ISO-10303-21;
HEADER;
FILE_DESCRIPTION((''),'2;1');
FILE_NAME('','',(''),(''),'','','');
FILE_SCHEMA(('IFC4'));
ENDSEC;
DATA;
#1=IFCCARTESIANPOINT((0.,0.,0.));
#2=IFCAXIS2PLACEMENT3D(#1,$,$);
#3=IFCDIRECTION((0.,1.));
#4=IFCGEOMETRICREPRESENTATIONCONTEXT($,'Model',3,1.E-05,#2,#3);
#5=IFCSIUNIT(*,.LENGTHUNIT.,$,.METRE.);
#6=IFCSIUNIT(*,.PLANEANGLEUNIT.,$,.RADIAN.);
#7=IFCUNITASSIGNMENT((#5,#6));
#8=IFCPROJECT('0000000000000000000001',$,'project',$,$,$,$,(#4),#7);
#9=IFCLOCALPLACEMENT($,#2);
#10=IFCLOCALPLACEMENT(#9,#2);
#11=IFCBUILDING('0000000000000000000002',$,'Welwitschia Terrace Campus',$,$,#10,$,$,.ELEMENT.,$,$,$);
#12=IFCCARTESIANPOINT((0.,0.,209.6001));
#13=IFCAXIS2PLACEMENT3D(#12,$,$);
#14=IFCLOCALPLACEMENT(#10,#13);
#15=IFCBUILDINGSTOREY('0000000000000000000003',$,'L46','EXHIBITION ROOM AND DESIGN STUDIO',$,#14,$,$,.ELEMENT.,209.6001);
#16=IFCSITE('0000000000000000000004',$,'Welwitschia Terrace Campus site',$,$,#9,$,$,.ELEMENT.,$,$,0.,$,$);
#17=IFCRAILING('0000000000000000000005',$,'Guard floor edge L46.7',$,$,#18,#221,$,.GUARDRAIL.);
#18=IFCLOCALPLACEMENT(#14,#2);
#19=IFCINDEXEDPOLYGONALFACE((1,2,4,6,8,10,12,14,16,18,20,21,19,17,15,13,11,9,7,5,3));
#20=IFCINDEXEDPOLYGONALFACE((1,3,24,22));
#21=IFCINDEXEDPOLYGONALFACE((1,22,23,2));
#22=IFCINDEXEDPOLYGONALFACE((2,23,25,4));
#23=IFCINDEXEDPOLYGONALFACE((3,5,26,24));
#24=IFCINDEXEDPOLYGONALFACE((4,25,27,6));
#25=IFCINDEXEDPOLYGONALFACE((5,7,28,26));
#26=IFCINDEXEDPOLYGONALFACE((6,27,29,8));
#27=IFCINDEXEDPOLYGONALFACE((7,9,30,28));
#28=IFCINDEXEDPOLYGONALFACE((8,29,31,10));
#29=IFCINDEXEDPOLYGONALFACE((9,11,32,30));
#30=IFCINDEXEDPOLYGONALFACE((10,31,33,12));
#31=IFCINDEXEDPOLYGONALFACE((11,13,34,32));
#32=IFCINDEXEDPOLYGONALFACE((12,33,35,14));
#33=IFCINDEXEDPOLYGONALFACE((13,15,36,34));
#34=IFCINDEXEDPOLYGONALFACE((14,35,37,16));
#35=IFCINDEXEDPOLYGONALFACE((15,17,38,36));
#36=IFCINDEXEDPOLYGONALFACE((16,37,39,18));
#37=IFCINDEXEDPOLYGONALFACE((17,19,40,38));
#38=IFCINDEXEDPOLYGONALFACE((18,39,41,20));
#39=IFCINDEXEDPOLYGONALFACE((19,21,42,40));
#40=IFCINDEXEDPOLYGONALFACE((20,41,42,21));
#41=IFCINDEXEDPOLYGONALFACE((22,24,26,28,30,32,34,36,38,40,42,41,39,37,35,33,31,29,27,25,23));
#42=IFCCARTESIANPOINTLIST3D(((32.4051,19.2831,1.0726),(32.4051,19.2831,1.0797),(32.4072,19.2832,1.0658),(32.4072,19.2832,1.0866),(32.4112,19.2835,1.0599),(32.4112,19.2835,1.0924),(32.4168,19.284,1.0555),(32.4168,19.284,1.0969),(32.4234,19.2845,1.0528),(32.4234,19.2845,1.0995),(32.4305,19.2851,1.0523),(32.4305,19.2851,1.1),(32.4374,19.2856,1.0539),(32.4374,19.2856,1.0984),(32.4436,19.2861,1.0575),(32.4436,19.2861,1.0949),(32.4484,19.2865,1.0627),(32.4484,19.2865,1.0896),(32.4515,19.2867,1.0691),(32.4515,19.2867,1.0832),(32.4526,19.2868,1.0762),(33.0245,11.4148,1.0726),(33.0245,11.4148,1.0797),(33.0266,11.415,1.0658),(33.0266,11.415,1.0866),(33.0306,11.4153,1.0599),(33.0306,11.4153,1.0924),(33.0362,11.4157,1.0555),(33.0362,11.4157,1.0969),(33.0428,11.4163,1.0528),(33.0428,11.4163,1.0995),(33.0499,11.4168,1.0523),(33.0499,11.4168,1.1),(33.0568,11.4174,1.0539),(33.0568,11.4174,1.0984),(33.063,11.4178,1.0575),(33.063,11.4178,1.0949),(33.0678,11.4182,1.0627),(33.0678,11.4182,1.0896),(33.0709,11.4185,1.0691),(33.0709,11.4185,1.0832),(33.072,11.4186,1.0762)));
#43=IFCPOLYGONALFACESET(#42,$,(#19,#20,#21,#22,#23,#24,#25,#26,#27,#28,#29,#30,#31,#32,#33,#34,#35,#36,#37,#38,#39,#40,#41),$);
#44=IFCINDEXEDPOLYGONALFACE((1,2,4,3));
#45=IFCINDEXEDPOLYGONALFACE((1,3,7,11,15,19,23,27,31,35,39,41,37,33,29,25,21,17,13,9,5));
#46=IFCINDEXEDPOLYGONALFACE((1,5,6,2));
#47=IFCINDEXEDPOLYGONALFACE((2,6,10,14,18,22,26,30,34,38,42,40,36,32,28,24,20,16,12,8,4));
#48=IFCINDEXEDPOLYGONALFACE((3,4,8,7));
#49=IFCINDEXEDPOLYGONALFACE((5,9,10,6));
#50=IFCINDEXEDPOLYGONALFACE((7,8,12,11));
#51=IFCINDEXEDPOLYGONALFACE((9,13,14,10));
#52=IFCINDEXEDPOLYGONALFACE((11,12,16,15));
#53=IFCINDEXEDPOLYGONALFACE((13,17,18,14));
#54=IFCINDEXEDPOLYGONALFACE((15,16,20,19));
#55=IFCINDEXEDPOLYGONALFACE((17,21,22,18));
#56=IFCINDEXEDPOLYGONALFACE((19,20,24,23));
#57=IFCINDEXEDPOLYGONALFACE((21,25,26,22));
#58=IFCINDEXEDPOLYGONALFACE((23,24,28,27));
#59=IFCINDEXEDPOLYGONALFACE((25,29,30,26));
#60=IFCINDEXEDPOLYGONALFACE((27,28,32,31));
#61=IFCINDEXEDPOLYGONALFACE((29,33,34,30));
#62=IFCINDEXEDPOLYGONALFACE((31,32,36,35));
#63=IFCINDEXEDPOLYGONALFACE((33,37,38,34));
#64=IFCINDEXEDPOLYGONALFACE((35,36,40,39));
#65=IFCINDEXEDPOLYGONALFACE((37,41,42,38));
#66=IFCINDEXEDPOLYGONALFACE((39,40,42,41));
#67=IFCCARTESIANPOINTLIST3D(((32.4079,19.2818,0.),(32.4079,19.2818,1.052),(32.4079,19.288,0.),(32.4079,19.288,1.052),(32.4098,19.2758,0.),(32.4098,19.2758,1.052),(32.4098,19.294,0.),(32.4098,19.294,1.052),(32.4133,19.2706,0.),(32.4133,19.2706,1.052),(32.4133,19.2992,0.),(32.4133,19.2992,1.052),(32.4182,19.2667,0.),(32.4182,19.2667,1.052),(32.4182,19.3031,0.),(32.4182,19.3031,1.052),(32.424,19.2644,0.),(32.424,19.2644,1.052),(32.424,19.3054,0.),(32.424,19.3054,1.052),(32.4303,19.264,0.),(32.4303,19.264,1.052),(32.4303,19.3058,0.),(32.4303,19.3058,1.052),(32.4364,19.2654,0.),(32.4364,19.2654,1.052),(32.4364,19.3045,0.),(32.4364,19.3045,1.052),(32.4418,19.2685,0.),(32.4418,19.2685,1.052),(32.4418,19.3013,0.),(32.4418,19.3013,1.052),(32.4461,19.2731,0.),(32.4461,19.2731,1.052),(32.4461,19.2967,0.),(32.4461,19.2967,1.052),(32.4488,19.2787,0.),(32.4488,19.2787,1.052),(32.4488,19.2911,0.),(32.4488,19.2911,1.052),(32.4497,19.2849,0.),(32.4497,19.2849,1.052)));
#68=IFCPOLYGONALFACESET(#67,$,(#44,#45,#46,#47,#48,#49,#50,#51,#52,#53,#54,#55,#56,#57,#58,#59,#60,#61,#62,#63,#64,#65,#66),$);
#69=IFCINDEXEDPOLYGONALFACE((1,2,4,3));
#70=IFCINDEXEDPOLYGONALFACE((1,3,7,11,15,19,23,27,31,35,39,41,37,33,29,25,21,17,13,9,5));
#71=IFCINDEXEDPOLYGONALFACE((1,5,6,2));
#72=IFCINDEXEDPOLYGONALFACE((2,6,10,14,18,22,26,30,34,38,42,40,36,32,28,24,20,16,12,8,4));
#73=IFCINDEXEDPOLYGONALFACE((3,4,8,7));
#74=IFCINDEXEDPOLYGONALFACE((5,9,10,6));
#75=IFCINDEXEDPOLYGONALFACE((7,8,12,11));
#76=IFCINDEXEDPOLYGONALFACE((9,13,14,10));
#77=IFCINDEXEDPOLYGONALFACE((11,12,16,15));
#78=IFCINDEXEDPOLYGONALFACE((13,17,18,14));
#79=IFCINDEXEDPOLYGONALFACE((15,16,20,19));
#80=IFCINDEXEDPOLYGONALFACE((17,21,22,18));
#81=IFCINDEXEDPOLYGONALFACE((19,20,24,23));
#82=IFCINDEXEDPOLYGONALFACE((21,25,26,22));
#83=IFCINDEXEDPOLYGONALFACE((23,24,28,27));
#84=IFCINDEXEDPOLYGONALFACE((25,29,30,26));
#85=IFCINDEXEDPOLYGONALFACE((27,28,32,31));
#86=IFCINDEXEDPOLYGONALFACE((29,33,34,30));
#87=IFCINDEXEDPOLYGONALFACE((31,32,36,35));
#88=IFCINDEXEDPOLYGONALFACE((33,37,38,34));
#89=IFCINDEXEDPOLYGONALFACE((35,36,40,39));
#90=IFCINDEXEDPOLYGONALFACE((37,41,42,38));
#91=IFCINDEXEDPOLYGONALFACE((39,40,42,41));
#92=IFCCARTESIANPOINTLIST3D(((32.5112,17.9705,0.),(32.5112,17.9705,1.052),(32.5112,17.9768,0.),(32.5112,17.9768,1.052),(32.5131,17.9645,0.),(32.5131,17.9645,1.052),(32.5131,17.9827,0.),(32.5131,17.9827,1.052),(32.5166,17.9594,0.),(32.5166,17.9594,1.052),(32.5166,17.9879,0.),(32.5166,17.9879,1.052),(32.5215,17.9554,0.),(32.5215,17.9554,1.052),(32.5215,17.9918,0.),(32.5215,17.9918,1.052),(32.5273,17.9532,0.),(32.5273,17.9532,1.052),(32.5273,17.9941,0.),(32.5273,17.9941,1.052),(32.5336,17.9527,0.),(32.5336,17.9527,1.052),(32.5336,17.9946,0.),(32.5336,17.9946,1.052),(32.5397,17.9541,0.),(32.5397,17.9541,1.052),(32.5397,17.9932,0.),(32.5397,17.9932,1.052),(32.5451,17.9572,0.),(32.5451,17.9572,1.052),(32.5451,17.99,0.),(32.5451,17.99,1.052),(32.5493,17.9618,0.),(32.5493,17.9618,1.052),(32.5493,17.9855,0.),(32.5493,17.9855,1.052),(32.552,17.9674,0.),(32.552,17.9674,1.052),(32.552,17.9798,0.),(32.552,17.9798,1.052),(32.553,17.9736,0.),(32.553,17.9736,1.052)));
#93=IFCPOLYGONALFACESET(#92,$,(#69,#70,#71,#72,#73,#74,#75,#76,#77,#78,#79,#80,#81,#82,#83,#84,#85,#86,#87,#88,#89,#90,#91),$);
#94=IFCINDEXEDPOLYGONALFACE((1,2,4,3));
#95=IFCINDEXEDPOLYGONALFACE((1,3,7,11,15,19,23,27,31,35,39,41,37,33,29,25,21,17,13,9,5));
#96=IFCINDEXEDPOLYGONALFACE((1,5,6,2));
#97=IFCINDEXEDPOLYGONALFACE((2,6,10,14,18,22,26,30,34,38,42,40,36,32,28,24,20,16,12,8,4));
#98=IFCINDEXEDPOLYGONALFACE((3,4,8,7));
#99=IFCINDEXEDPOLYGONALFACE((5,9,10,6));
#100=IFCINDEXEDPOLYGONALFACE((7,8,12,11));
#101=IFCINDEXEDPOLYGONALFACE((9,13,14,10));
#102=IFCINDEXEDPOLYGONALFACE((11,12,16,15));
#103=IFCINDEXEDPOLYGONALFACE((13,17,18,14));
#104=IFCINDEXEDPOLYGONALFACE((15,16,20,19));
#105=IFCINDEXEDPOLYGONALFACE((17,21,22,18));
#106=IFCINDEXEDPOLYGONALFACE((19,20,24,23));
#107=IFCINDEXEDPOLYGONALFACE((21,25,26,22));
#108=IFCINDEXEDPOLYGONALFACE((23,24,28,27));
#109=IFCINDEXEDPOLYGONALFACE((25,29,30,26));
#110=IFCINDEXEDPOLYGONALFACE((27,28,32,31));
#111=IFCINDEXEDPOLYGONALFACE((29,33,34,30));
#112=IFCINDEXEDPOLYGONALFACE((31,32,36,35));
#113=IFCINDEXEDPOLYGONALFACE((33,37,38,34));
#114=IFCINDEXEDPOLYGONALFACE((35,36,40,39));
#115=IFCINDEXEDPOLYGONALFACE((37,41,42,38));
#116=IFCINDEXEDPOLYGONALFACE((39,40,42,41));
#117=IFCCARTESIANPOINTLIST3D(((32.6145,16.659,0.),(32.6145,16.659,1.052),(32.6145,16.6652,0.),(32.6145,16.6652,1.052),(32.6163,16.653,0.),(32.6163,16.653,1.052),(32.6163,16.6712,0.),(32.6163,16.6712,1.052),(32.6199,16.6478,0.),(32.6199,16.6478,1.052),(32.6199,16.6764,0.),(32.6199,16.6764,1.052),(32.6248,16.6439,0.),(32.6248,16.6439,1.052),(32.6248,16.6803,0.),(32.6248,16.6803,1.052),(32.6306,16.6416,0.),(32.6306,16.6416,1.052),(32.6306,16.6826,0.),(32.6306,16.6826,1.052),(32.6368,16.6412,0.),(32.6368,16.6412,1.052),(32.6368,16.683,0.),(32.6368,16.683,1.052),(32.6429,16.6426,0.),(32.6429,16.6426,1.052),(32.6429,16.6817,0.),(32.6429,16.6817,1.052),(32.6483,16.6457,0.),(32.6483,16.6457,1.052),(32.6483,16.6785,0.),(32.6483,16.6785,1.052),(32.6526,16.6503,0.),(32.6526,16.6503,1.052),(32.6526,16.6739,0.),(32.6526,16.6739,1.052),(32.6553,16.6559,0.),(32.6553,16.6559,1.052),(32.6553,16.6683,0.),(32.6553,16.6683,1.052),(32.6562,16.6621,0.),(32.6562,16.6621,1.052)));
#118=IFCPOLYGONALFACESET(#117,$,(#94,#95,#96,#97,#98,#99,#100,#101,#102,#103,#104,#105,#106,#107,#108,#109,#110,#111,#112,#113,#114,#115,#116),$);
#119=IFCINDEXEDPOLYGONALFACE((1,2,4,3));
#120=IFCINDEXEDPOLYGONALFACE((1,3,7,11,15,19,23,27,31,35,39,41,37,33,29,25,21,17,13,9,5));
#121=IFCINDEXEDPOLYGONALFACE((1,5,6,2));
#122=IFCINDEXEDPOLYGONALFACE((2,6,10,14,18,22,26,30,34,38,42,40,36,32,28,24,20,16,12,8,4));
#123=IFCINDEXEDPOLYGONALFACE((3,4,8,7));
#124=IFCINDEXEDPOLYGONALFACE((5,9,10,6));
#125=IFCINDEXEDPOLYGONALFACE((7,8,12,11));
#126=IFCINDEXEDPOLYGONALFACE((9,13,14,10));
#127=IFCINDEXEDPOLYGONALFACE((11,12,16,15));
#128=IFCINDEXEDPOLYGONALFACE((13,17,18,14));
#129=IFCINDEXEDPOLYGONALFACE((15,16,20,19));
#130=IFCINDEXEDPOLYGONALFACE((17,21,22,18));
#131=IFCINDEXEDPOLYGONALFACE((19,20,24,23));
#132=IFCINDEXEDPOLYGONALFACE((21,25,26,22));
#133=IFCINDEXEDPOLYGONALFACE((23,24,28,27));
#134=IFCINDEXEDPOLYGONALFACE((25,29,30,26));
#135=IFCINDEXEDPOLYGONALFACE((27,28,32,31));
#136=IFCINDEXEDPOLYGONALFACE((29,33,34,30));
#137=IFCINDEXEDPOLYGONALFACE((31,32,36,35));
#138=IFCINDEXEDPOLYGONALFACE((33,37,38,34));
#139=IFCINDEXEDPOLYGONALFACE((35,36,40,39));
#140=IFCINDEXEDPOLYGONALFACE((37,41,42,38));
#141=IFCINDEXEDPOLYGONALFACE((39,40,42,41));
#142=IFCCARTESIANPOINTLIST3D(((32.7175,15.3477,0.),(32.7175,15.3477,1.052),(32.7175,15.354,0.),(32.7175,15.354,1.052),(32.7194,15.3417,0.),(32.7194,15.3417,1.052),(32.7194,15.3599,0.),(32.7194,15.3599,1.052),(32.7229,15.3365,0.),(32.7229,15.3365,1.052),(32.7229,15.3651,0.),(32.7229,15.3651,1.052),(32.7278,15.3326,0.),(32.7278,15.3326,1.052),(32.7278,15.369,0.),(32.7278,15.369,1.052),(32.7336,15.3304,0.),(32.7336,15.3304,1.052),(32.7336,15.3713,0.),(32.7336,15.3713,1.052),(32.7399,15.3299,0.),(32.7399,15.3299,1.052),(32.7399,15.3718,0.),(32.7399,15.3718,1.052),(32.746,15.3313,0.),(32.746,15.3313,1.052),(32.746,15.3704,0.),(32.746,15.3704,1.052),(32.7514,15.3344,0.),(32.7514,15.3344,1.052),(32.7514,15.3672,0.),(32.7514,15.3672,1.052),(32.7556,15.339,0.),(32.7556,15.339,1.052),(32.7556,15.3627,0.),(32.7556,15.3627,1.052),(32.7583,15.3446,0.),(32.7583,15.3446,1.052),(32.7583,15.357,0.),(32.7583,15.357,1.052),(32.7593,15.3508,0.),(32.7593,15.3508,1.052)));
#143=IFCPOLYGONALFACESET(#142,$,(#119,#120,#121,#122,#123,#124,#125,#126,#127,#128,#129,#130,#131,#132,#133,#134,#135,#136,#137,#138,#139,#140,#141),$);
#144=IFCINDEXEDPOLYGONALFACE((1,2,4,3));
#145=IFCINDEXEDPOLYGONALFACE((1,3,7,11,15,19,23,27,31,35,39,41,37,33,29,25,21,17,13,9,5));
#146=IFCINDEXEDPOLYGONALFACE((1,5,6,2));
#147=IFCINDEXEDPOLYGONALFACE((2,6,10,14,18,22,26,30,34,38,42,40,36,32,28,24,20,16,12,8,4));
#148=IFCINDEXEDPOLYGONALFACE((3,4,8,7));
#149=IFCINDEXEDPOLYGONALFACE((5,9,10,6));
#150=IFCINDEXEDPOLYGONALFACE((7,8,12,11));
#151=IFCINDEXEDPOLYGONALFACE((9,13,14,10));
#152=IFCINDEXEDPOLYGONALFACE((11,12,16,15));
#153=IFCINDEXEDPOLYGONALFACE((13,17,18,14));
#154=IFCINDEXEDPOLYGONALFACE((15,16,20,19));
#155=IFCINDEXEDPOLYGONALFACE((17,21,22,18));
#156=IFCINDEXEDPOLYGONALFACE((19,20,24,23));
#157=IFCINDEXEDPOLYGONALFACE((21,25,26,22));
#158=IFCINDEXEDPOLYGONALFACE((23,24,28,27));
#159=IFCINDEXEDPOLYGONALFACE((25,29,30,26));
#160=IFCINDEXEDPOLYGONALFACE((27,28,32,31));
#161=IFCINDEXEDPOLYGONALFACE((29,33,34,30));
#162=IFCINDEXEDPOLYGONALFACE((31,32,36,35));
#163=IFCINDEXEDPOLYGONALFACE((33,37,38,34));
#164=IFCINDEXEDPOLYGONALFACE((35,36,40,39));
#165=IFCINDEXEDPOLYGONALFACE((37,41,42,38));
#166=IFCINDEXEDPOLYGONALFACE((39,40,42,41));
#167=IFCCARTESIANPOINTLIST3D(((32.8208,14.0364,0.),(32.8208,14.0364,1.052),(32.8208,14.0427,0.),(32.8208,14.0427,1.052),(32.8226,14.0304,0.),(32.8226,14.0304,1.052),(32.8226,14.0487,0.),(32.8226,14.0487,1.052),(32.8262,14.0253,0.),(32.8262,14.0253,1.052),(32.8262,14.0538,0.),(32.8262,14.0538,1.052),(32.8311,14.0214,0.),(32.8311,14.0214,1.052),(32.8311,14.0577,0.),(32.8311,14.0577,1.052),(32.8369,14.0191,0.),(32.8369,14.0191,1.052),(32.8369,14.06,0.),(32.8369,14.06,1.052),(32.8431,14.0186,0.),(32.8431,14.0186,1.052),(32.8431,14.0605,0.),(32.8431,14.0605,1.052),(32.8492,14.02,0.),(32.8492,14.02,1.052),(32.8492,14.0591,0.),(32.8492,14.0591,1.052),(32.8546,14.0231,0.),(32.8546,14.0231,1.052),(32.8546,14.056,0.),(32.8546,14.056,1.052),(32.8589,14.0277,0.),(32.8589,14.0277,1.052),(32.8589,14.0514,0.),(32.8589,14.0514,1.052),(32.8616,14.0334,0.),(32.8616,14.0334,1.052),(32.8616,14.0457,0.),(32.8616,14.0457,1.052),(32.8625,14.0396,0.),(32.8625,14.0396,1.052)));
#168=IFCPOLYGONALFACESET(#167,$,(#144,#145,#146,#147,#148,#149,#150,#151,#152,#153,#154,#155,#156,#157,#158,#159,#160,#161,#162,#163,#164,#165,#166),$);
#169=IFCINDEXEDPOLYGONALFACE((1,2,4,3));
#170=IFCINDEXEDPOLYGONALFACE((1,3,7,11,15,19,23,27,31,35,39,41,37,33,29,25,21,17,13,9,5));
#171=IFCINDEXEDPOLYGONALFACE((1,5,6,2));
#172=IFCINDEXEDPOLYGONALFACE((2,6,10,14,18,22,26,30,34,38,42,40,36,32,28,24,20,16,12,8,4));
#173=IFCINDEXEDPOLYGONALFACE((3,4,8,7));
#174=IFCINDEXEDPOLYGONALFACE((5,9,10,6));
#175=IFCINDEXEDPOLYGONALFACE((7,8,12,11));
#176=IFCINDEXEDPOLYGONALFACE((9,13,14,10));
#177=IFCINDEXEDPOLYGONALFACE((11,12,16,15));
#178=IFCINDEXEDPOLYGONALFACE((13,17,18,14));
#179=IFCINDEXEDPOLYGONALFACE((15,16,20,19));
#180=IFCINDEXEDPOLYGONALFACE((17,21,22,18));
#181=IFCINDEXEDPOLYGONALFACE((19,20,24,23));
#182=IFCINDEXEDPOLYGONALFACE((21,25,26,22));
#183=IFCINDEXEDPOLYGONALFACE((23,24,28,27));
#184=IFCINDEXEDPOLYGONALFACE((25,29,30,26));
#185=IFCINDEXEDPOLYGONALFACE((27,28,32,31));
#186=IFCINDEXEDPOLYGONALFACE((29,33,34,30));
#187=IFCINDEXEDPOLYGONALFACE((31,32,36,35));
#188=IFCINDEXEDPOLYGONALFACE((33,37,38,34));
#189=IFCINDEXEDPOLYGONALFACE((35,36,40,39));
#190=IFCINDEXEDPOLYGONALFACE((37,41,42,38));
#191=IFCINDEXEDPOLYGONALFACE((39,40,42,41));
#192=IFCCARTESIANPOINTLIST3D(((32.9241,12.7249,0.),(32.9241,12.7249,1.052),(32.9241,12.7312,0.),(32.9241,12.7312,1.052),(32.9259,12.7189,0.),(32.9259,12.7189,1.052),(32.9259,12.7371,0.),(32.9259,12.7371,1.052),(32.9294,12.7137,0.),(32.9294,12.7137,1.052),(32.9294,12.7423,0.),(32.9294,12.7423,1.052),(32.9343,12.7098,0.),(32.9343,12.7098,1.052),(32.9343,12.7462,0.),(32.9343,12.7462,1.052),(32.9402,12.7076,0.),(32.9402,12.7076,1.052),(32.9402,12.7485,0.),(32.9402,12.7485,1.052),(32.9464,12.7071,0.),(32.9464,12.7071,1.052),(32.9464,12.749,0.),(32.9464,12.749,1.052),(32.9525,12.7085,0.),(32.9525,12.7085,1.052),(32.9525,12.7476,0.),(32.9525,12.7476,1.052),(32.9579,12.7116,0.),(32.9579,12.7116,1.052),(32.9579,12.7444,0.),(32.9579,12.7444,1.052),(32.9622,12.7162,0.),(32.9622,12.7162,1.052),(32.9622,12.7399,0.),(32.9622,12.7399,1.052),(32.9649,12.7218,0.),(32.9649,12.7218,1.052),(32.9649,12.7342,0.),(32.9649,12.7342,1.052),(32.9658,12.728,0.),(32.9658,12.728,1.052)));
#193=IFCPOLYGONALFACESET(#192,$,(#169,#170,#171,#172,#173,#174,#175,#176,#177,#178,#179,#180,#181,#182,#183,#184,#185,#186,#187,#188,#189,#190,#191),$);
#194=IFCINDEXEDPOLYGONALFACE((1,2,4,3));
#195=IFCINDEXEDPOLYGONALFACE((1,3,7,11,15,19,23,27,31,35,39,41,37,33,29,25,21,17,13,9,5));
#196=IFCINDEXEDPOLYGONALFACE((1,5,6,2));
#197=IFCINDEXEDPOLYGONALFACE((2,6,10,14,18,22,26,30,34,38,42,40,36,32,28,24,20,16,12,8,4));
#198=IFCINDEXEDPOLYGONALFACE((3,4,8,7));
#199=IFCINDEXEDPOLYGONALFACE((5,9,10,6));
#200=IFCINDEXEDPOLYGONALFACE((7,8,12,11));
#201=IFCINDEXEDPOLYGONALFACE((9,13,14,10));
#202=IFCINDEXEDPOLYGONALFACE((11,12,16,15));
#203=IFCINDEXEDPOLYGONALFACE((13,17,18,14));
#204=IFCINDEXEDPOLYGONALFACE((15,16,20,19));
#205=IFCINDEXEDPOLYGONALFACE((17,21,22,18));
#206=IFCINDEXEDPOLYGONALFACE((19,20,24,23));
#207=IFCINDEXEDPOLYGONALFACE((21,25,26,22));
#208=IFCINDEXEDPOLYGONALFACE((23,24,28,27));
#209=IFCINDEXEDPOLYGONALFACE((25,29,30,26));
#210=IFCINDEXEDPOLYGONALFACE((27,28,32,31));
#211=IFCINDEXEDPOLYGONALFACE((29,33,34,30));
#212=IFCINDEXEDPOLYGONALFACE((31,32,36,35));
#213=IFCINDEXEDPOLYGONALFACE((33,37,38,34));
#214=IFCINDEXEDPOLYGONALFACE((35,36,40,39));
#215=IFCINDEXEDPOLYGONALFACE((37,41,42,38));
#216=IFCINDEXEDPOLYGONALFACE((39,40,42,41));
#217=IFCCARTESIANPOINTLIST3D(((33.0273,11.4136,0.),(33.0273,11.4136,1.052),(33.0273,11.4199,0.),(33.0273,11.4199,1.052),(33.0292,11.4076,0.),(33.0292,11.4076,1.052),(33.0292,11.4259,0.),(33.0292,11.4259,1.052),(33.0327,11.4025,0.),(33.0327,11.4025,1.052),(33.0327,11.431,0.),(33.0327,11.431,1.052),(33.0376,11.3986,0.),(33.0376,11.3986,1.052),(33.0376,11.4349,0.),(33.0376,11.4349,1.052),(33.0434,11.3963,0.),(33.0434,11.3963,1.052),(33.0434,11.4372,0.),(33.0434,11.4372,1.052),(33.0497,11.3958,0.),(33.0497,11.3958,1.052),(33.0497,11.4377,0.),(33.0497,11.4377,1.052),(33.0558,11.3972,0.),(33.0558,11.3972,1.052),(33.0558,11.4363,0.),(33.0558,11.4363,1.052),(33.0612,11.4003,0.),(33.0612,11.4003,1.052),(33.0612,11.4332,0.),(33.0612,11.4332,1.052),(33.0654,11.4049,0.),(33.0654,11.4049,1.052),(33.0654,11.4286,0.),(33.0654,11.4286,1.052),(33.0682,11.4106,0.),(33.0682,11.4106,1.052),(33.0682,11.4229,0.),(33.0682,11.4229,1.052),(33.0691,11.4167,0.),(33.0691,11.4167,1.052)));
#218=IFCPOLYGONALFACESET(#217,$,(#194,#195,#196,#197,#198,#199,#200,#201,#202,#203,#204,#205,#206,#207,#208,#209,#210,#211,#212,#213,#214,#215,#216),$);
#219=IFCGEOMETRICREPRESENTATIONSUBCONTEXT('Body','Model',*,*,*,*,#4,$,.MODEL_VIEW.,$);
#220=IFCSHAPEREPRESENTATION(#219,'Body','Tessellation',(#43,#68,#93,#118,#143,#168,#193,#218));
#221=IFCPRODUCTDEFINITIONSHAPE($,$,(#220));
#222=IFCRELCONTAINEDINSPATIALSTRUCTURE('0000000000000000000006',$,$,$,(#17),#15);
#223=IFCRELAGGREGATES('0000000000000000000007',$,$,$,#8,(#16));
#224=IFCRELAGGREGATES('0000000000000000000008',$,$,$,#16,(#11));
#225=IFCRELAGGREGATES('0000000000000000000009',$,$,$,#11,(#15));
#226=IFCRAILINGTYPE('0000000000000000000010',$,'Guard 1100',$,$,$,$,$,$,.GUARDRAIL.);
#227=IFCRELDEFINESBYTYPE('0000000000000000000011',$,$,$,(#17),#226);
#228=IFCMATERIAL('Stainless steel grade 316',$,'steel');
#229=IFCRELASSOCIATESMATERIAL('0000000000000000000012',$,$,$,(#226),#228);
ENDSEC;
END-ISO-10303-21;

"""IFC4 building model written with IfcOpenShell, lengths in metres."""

from ifc_helpers import new_model, si_unit, direction, frame, origin, origin_2d, place, context, subcontext, project, spatial, circle, extrude, material, type_object, element, save


model = new_model("IFC4")

# Units and contexts
model_context = context("Model", 3, precision=1e-05, world=origin(), true_north=direction((0.0, 1.0)))
body_context = subcontext(model_context, "Body", "Model", "MODEL_VIEW")
ifc_project = project(units=[si_unit("LENGTHUNIT", "METRE"), si_unit("PLANEANGLEUNIT", "RADIAN")], contexts=[model_context])

# Site, building, storey
site_placement = place(None, origin())
site = spatial("IfcSite", under=ifc_project, at=site_placement, Name="Welwitschia Terrace Campus site", CompositionType="ELEMENT", RefElevation=0.0)
building_placement = place(site_placement, origin())
building = spatial("IfcBuilding", under=site, at=building_placement, Name="Welwitschia Terrace Campus", CompositionType="ELEMENT")
storey_placement = place(building_placement, frame((0.0, 0.0, 209.6001)))
storey = spatial("IfcBuildingStorey", under=building, at=storey_placement, Name="L46", Description="EXHIBITION ROOM AND DESIGN STUDIO", CompositionType="ELEMENT", Elevation=209.6001)

# Railing
ifc_material_1 = material(Name="Stainless steel grade 316", Category="steel")
railing_type = type_object("IfcRailingType", Name="Guard 1100", PredefinedType="GUARDRAIL", material=ifc_material_1)
railing_1_placement = place(storey_placement, frame((32.4287, 19.2849, 0.0)))
element("IfcRailing", 1, at=railing_1_placement, inside=storey, type_object=railing_type, Name="Guard floor edge L46.7", PredefinedType="GUARDRAIL", context=body_context, shape_type="SweptSolid", body=[
    extrude(circle(Radius=0.0239, at=origin_2d()), frame((0.0, 0.0, 1.0762), z_axis=(0.078478, -0.996916, 0.0), x_axis=(0.996916, 0.078478, 0.0)), (0.0, 0.0, 1.0), 7.8926),
    extrude(circle(Radius=0.021, at=origin_2d()), origin(), (0.0, 0.0, 1.0), 1.052),
    extrude(circle(Radius=0.021, at=origin_2d()), frame((0.1033, -1.3113, 0.0)), (0.0, 0.0, 1.0), 1.052),
    extrude(circle(Radius=0.021, at=origin_2d()), frame((0.2065, -2.6228, 0.0)), (0.0, 0.0, 1.0), 1.052),
    extrude(circle(Radius=0.021, at=origin_2d()), frame((0.3096, -3.9341, 0.0)), (0.0, 0.0, 1.0), 1.052),
    extrude(circle(Radius=0.021, at=origin_2d()), frame((0.4128, -5.2454, 0.0)), (0.0, 0.0, 1.0), 1.052),
    extrude(circle(Radius=0.021, at=origin_2d()), frame((0.5161, -6.5569, 0.0)), (0.0, 0.0, 1.0), 1.052),
    extrude(circle(Radius=0.021, at=origin_2d()), frame((0.6194, -7.8682, 0.0)), (0.0, 0.0, 1.0), 1.052),
])

save(model, "model.ifc")
